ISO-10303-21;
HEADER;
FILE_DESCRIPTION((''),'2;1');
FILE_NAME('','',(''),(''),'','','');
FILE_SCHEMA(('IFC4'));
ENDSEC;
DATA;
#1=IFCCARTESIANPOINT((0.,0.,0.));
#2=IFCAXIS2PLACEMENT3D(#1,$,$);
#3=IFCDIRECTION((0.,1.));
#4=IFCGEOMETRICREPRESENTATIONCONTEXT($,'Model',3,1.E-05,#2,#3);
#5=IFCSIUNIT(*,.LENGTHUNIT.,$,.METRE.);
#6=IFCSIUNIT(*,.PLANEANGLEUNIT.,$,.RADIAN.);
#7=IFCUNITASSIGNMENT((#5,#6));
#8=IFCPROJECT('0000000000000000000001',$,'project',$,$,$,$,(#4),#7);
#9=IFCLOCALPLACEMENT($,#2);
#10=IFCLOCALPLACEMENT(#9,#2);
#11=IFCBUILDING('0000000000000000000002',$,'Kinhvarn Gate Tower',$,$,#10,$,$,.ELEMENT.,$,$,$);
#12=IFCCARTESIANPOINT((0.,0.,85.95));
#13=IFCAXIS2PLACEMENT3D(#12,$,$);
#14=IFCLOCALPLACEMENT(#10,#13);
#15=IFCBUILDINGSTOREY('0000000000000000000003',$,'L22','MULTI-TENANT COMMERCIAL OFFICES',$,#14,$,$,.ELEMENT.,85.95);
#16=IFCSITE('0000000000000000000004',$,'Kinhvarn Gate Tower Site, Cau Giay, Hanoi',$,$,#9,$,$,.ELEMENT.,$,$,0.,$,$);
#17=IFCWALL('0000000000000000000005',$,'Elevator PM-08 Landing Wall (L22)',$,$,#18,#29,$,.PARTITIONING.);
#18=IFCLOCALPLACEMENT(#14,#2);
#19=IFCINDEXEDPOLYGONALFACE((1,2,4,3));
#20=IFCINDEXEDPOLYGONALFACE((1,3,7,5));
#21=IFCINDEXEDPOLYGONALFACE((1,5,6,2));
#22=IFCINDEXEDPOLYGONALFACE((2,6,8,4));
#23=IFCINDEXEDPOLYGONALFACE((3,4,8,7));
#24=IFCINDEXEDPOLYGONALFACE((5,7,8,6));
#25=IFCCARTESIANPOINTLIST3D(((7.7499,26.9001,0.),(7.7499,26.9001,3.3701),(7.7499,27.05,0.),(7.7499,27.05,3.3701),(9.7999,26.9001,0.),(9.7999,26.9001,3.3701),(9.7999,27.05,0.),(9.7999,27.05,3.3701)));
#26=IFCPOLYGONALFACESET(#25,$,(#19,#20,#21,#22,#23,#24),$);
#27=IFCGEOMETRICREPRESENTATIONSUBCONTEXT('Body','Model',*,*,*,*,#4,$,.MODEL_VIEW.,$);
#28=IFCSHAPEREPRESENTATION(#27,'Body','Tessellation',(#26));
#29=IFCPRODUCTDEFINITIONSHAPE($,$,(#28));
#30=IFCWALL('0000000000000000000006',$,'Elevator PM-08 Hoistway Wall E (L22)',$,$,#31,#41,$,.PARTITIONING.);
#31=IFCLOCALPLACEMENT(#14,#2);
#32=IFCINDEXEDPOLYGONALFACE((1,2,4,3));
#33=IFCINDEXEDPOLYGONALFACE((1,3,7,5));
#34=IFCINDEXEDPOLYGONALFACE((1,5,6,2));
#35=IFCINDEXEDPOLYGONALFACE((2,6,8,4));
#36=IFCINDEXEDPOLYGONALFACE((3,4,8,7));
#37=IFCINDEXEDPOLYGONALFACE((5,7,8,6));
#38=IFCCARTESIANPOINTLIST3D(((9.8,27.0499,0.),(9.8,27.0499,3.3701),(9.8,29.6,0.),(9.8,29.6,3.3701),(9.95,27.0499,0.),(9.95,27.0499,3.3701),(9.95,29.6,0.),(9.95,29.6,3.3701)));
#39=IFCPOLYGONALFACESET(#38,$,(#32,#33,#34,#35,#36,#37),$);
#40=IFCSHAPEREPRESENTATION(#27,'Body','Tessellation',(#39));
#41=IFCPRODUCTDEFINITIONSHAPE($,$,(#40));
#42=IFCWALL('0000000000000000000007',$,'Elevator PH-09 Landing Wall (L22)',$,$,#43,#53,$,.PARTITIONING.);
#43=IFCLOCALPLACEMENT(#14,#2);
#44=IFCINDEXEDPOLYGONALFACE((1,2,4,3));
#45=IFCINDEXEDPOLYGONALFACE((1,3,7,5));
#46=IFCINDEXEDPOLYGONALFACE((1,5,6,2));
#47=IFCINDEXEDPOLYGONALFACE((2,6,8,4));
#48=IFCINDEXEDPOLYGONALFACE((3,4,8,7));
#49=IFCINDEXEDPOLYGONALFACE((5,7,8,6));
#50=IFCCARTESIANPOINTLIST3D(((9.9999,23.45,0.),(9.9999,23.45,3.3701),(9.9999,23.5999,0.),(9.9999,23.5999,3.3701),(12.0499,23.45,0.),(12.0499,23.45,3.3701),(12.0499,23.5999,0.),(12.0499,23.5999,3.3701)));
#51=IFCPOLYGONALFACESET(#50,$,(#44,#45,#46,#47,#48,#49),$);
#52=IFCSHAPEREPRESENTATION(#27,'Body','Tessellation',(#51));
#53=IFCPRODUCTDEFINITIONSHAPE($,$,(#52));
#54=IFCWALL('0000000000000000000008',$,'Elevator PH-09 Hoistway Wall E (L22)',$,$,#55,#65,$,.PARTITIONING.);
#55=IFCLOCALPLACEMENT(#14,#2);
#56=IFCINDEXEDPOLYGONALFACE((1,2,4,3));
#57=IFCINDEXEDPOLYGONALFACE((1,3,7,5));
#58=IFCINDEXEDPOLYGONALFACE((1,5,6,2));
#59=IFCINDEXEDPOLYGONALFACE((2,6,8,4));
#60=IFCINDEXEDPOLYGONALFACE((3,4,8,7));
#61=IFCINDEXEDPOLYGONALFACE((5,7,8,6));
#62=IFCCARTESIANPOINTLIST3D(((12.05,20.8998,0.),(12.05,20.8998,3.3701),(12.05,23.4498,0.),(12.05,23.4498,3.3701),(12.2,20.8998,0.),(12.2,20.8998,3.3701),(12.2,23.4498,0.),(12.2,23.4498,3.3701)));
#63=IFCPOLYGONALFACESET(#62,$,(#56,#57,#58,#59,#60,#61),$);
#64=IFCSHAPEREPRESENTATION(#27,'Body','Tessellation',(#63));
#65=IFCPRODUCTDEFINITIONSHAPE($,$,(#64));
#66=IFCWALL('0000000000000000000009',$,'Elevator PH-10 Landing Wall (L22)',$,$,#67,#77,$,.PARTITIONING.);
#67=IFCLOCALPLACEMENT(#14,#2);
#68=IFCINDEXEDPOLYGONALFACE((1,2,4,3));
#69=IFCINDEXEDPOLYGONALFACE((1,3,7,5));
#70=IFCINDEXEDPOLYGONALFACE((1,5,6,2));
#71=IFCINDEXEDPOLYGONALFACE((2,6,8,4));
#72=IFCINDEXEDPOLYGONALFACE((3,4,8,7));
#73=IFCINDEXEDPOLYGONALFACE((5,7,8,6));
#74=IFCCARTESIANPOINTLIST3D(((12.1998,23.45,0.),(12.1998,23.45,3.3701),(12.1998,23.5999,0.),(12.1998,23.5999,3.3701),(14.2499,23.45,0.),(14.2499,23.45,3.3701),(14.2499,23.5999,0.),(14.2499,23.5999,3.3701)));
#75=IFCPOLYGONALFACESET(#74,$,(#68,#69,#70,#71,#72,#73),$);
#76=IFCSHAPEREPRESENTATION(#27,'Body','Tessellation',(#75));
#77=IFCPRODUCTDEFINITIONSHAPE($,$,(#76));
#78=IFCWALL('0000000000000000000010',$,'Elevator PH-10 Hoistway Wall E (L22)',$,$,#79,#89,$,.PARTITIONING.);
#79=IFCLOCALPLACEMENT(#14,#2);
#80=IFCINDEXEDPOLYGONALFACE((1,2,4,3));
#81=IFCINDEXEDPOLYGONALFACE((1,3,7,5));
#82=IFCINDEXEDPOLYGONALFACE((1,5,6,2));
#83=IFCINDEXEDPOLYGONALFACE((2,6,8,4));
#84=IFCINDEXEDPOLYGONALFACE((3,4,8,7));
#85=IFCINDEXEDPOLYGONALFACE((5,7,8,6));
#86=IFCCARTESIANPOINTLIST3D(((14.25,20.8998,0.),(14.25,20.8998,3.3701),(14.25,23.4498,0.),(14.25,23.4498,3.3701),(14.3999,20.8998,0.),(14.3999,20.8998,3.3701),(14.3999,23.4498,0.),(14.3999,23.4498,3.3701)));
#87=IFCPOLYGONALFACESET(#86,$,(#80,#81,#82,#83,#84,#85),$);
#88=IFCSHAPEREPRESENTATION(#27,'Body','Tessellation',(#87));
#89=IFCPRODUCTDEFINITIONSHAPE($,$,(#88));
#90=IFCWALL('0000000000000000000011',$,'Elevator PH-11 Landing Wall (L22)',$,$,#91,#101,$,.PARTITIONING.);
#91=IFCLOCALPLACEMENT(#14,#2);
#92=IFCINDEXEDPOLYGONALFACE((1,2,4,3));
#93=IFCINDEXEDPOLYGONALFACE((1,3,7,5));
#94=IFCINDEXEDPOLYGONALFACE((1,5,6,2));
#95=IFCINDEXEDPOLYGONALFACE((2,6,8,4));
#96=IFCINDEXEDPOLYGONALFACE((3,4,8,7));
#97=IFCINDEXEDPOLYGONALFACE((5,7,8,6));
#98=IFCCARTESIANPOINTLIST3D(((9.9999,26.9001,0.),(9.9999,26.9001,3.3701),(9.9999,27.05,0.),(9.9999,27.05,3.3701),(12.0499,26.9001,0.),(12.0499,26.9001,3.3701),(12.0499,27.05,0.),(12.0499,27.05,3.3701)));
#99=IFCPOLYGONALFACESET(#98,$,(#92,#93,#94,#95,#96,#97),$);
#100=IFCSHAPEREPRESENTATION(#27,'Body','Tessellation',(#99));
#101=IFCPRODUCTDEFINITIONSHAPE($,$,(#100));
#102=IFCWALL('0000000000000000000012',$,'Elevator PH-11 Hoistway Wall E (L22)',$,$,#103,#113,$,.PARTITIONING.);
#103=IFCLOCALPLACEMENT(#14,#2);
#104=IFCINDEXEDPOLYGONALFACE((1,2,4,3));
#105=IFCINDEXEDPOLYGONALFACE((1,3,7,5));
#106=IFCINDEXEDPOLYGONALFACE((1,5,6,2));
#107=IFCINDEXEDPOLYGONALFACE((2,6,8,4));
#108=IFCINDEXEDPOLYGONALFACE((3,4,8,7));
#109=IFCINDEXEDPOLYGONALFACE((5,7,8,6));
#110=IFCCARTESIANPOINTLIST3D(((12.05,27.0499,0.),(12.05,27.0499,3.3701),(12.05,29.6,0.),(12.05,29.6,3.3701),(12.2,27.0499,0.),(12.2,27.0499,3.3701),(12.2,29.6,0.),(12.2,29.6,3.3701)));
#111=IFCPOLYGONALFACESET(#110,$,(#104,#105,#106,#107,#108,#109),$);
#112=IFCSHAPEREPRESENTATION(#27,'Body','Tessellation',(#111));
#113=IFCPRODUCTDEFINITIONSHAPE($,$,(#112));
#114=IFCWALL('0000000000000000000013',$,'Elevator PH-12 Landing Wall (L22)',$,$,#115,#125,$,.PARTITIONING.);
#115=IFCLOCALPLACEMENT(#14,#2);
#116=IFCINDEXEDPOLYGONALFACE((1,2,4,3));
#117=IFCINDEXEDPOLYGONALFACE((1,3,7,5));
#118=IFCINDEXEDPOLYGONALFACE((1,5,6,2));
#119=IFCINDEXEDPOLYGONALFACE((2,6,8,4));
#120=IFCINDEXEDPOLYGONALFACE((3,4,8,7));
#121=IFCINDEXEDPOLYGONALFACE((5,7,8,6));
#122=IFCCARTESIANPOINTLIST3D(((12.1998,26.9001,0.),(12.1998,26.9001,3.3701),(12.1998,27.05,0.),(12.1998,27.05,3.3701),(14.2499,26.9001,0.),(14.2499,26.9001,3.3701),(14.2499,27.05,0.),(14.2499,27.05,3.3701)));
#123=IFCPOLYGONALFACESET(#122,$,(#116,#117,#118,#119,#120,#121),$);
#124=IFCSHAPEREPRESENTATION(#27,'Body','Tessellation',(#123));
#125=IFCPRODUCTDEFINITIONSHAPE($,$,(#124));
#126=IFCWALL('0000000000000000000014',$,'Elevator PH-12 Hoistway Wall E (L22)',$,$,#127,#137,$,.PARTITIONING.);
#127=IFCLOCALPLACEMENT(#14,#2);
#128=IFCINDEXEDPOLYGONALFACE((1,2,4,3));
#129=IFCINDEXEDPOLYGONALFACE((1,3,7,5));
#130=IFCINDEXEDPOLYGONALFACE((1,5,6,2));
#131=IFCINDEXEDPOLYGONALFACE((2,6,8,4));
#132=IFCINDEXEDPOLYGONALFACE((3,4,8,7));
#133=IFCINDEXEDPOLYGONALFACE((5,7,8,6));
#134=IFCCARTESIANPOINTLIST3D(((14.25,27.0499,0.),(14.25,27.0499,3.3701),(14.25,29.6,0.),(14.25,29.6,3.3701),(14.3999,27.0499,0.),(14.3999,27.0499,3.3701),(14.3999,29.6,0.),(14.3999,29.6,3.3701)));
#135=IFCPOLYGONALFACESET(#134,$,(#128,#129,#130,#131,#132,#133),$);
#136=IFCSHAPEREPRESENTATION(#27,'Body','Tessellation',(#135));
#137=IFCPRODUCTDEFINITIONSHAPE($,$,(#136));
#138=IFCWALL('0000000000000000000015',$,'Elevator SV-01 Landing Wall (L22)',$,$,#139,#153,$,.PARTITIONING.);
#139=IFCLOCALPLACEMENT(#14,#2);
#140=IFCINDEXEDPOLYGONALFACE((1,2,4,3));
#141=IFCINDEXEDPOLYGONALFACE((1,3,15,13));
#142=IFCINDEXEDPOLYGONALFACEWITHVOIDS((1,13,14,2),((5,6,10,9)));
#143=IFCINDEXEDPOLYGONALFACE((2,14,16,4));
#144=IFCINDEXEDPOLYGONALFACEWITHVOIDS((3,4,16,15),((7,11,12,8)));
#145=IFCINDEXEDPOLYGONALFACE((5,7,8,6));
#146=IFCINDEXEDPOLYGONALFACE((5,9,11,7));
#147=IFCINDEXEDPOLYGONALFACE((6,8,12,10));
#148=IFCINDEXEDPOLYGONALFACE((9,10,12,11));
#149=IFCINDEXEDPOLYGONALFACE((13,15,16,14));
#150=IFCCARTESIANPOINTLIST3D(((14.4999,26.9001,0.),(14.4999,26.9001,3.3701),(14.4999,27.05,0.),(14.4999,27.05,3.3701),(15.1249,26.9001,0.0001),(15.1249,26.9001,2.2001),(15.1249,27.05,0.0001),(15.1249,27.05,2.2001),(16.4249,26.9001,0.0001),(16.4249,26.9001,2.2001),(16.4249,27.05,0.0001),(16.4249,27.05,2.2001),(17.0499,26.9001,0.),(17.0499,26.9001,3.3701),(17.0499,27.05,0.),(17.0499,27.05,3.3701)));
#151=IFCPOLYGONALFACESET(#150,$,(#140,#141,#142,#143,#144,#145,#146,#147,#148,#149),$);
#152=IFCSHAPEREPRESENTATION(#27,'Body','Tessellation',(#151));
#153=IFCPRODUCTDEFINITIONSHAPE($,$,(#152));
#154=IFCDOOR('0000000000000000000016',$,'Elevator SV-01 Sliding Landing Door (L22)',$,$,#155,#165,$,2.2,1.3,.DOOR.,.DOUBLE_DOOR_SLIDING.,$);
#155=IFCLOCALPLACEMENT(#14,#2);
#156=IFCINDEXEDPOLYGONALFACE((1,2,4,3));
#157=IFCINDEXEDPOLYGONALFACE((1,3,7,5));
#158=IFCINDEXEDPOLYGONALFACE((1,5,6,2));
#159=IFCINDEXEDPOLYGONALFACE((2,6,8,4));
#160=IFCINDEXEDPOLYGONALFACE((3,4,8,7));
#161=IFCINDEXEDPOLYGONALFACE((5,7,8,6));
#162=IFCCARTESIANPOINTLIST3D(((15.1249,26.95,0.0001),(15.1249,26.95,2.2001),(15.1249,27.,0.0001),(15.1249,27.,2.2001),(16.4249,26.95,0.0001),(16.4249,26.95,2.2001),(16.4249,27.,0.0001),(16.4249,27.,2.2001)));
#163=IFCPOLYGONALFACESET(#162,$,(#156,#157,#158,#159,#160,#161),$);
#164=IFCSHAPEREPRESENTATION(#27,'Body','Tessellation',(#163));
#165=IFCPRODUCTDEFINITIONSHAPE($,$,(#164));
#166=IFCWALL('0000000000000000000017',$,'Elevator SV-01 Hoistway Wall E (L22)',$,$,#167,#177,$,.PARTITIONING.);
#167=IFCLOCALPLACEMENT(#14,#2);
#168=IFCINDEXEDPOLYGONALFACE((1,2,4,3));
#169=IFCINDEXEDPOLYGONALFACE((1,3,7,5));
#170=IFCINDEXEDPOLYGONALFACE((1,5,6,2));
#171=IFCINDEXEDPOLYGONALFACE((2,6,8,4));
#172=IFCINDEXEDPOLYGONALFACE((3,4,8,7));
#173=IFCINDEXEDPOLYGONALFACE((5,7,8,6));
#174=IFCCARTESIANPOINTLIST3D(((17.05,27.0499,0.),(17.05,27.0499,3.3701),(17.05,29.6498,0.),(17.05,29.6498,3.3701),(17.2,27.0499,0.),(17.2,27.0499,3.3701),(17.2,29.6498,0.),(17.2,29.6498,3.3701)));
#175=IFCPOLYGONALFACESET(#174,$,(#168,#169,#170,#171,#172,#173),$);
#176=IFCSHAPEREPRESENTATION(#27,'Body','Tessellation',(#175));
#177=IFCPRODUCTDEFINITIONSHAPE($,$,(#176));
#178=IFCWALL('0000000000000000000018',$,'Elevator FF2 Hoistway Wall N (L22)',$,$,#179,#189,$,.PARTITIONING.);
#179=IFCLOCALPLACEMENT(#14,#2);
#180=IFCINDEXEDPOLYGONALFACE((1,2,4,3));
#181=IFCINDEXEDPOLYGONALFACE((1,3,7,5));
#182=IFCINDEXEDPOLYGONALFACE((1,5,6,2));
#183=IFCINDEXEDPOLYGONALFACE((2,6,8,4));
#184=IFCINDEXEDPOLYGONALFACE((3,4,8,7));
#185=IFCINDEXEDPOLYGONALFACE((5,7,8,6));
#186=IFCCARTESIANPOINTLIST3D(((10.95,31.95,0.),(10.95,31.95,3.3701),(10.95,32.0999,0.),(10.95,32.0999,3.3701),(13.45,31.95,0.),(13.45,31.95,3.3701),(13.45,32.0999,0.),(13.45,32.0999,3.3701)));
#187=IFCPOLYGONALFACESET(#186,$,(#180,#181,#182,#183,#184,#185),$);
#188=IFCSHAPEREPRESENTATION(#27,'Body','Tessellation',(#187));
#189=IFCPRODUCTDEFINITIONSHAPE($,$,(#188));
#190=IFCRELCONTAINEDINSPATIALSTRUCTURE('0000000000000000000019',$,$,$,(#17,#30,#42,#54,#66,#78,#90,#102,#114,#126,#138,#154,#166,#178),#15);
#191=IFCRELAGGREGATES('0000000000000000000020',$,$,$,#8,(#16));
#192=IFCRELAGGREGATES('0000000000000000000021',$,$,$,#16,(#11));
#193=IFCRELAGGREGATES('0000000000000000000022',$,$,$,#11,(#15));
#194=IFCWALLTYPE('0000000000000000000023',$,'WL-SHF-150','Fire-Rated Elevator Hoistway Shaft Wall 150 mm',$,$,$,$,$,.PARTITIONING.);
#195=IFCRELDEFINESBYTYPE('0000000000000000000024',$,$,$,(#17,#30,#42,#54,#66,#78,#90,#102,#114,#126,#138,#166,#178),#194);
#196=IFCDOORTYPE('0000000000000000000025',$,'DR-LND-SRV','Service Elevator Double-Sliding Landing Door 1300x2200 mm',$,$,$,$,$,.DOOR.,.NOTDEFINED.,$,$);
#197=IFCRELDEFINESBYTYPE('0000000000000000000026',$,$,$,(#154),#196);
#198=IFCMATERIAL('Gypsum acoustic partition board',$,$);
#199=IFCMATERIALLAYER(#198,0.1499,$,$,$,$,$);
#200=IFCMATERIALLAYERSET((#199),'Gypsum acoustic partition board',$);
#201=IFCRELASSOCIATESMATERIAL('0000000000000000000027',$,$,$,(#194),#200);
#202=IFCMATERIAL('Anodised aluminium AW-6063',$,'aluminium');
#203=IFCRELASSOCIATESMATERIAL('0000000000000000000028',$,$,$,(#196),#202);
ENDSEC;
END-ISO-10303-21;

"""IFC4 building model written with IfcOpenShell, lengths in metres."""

from ifc_helpers import new_model, si_unit, direction, frame, frame_2d, origin, place, context, subcontext, project, spatial, rectangle, extrude, material, layer, layer_set, type_object, element, fill, save


model = new_model("IFC4")

# Units and contexts
model_context = context("Model", 3, precision=1e-05, world=origin(), true_north=direction((0.0, 1.0)))
body_context = subcontext(model_context, "Body", "Model", "MODEL_VIEW")
ifc_project = project(units=[si_unit("LENGTHUNIT", "METRE"), si_unit("PLANEANGLEUNIT", "RADIAN")], contexts=[model_context])

# Site, building, storey
site_placement = place(None, origin())
site = spatial("IfcSite", under=ifc_project, at=site_placement, Name="Kinhvarn Gate Tower Site, Cau Giay, Hanoi", CompositionType="ELEMENT", RefElevation=0.0)
building_placement = place(site_placement, origin())
building = spatial("IfcBuilding", under=site, at=building_placement, Name="Kinhvarn Gate Tower", CompositionType="ELEMENT")
storey_placement = place(building_placement, frame((0.0, 0.0, 85.95)))
storey = spatial("IfcBuildingStorey", under=building, at=storey_placement, Name="L22", Description="MULTI-TENANT COMMERCIAL OFFICES", CompositionType="ELEMENT", Elevation=85.95)

# Shared definitions
ifc_material_1 = material(Name="Anodised aluminium AW-6063", Category="aluminium")
ifc_material_2 = material(Name="Gypsum acoustic partition board")

# Walls
ifc_layer_1 = layer(ifc_material_2, 0.1499)
ifc_layer_set_1 = layer_set([ifc_layer_1], Name="Gypsum acoustic partition board")
wall_type_1 = type_object("IfcWallType", Name="WL-SHF-150", Description="Fire-Rated Elevator Hoistway Shaft Wall 150 mm", PredefinedType="PARTITIONING", material=ifc_layer_set_1)
wall_1_placement = place(storey_placement, frame((7.75, 26.9751, 0.0), z_axis=(0.0, 0.0, 1.0), x_axis=(1.0, 0.0, 0.0)))
element("IfcWall", 1, at=wall_1_placement, inside=storey, type_object=wall_type_1, Name="Elevator PM-08 Landing Wall (L22)", PredefinedType="PARTITIONING", context=body_context, shape_type="SweptSolid", body=[
    extrude(rectangle(XDim=2.05, YDim=0.1499, at=frame_2d((1.0249, 0.0))), origin(), (0.0, 0.0, 1.0), 3.3701),
])
wall_2_placement = place(storey_placement, frame((9.875, 27.05, 0.0), z_axis=(0.0, 0.0, 1.0), x_axis=(0.0, 1.0, 0.0)))
element("IfcWall", 2, at=wall_2_placement, inside=storey, type_object=wall_type_1, Name="Elevator PM-08 Hoistway Wall E (L22)", PredefinedType="PARTITIONING", context=body_context, shape_type="SweptSolid", body=[
    extrude(rectangle(XDim=2.55, YDim=0.1499, at=frame_2d((1.2749, 0.0))), origin(), (0.0, 0.0, 1.0), 3.3701),
])
wall_3_placement = place(storey_placement, frame((10.0, 23.5249, 0.0), z_axis=(0.0, 0.0, 1.0), x_axis=(1.0, 0.0, 0.0)))
element("IfcWall", 3, at=wall_3_placement, inside=storey, type_object=wall_type_1, Name="Elevator PH-09 Landing Wall (L22)", PredefinedType="PARTITIONING", context=body_context, shape_type="SweptSolid", body=[
    extrude(rectangle(XDim=2.05, YDim=0.1499, at=frame_2d((1.0249, 0.0))), origin(), (0.0, 0.0, 1.0), 3.3701),
])
wall_4_placement = place(storey_placement, frame((12.125, 20.8999, 0.0), z_axis=(0.0, 0.0, 1.0), x_axis=(0.0, 1.0, 0.0)))
element("IfcWall", 4, at=wall_4_placement, inside=storey, type_object=wall_type_1, Name="Elevator PH-09 Hoistway Wall E (L22)", PredefinedType="PARTITIONING", context=body_context, shape_type="SweptSolid", body=[
    extrude(rectangle(XDim=2.55, YDim=0.1499, at=frame_2d((1.2749, 0.0))), origin(), (0.0, 0.0, 1.0), 3.3701),
])
wall_5_placement = place(storey_placement, frame((12.2, 23.5249, 0.0), z_axis=(0.0, 0.0, 1.0), x_axis=(1.0, 0.0, 0.0)))
element("IfcWall", 5, at=wall_5_placement, inside=storey, type_object=wall_type_1, Name="Elevator PH-10 Landing Wall (L22)", PredefinedType="PARTITIONING", context=body_context, shape_type="SweptSolid", body=[
    extrude(rectangle(XDim=2.05, YDim=0.1499, at=frame_2d((1.0249, 0.0))), origin(), (0.0, 0.0, 1.0), 3.3701),
])
wall_6_placement = place(storey_placement, frame((14.325, 20.8999, 0.0), z_axis=(0.0, 0.0, 1.0), x_axis=(0.0, 1.0, 0.0)))
element("IfcWall", 6, at=wall_6_placement, inside=storey, type_object=wall_type_1, Name="Elevator PH-10 Hoistway Wall E (L22)", PredefinedType="PARTITIONING", context=body_context, shape_type="SweptSolid", body=[
    extrude(rectangle(XDim=2.55, YDim=0.1499, at=frame_2d((1.2749, 0.0))), origin(), (0.0, 0.0, 1.0), 3.3701),
])
wall_7_placement = place(storey_placement, frame((10.0, 26.9751, 0.0), z_axis=(0.0, 0.0, 1.0), x_axis=(1.0, 0.0, 0.0)))
element("IfcWall", 7, at=wall_7_placement, inside=storey, type_object=wall_type_1, Name="Elevator PH-11 Landing Wall (L22)", PredefinedType="PARTITIONING", context=body_context, shape_type="SweptSolid", body=[
    extrude(rectangle(XDim=2.05, YDim=0.1499, at=frame_2d((1.0249, 0.0))), origin(), (0.0, 0.0, 1.0), 3.3701),
])
wall_8_placement = place(storey_placement, frame((12.125, 27.05, 0.0), z_axis=(0.0, 0.0, 1.0), x_axis=(0.0, 1.0, 0.0)))
element("IfcWall", 8, at=wall_8_placement, inside=storey, type_object=wall_type_1, Name="Elevator PH-11 Hoistway Wall E (L22)", PredefinedType="PARTITIONING", context=body_context, shape_type="SweptSolid", body=[
    extrude(rectangle(XDim=2.55, YDim=0.1499, at=frame_2d((1.2749, 0.0))), origin(), (0.0, 0.0, 1.0), 3.3701),
])
wall_9_placement = place(storey_placement, frame((12.2, 26.9751, 0.0), z_axis=(0.0, 0.0, 1.0), x_axis=(1.0, 0.0, 0.0)))
element("IfcWall", 9, at=wall_9_placement, inside=storey, type_object=wall_type_1, Name="Elevator PH-12 Landing Wall (L22)", PredefinedType="PARTITIONING", context=body_context, shape_type="SweptSolid", body=[
    extrude(rectangle(XDim=2.05, YDim=0.1499, at=frame_2d((1.0249, 0.0))), origin(), (0.0, 0.0, 1.0), 3.3701),
])
wall_10_placement = place(storey_placement, frame((14.325, 27.05, 0.0), z_axis=(0.0, 0.0, 1.0), x_axis=(0.0, 1.0, 0.0)))
element("IfcWall", 10, at=wall_10_placement, inside=storey, type_object=wall_type_1, Name="Elevator PH-12 Hoistway Wall E (L22)", PredefinedType="PARTITIONING", context=body_context, shape_type="SweptSolid", body=[
    extrude(rectangle(XDim=2.55, YDim=0.1499, at=frame_2d((1.2749, 0.0))), origin(), (0.0, 0.0, 1.0), 3.3701),
])

# Wall, opening, door
wall_11_placement = place(storey_placement, frame((14.5, 26.9751, 0.0), z_axis=(0.0, 0.0, 1.0), x_axis=(1.0, 0.0, 0.0)))
wall_11 = element("IfcWall", 11, at=wall_11_placement, inside=storey, type_object=wall_type_1, Name="Elevator SV-01 Landing Wall (L22)", PredefinedType="PARTITIONING", context=body_context, shape_type="SweptSolid", body=[
    extrude(rectangle(XDim=2.55, YDim=0.1499, at=frame_2d((1.2749, 0.0))), origin(), (0.0, 0.0, 1.0), 3.3701),
])
opening_1_placement = place(wall_11_placement, frame((0.625, 0.0, 0.0)))
opening_1 = element("IfcOpeningElement", 12, at=opening_1_placement, cuts=wall_11, PredefinedType="OPENING", context=body_context, shape_type="SweptSolid", body=[
    extrude(rectangle(XDim=1.3, YDim=2.2, at=frame_2d((0.6499, 1.1001))), frame((0.0, 0.085, 0.0), z_axis=(0.0, -1.0, 0.0), x_axis=(1.0, 0.0, 0.0)), (0.0, 0.0, 1.0), 0.1699),
])
door_type_1 = type_object("IfcDoorType", Name="DR-LND-SRV", Description="Service Elevator Double-Sliding Landing Door 1300x2200 mm", OperationType="NOTDEFINED", PredefinedType="DOOR", material=ifc_material_1)
door_1_placement = place(opening_1_placement, origin())
door_1 = element("IfcDoor", 13, at=door_1_placement, inside=storey, type_object=door_type_1, Name="Elevator SV-01 Sliding Landing Door (L22)", OperationType="DOUBLE_DOOR_SLIDING", OverallHeight=2.2, OverallWidth=1.3, PredefinedType="DOOR", context=body_context, shape_type="SweptSolid", body=[
    extrude(rectangle(XDim=1.3, YDim=2.2, at=frame_2d((0.6499, 1.1001))), frame((0.0, 0.0249, 0.0), z_axis=(0.0, -1.0, 0.0), x_axis=(1.0, 0.0, 0.0)), (0.0, 0.0, 1.0), 0.05),
])
fill(opening_1, door_1)

# Walls
wall_12_placement = place(storey_placement, frame((17.125, 27.05, 0.0), z_axis=(0.0, 0.0, 1.0), x_axis=(0.0, 1.0, 0.0)))
element("IfcWall", 14, at=wall_12_placement, inside=storey, type_object=wall_type_1, Name="Elevator SV-01 Hoistway Wall E (L22)", PredefinedType="PARTITIONING", context=body_context, shape_type="SweptSolid", body=[
    extrude(rectangle(XDim=2.5999, YDim=0.1499, at=frame_2d((1.2998, 0.0))), origin(), (0.0, 0.0, 1.0), 3.3701),
])
wall_13_placement = place(storey_placement, frame((10.95, 32.0249, 0.0), z_axis=(0.0, 0.0, 1.0), x_axis=(1.0, 0.0, 0.0)))
element("IfcWall", 15, at=wall_13_placement, inside=storey, type_object=wall_type_1, Name="Elevator FF2 Hoistway Wall N (L22)", PredefinedType="PARTITIONING", context=body_context, shape_type="SweptSolid", body=[
    extrude(rectangle(XDim=2.5, YDim=0.1499, at=frame_2d((1.25, 0.0))), origin(), (0.0, 0.0, 1.0), 3.3701),
])

save(model, "model.ifc")
